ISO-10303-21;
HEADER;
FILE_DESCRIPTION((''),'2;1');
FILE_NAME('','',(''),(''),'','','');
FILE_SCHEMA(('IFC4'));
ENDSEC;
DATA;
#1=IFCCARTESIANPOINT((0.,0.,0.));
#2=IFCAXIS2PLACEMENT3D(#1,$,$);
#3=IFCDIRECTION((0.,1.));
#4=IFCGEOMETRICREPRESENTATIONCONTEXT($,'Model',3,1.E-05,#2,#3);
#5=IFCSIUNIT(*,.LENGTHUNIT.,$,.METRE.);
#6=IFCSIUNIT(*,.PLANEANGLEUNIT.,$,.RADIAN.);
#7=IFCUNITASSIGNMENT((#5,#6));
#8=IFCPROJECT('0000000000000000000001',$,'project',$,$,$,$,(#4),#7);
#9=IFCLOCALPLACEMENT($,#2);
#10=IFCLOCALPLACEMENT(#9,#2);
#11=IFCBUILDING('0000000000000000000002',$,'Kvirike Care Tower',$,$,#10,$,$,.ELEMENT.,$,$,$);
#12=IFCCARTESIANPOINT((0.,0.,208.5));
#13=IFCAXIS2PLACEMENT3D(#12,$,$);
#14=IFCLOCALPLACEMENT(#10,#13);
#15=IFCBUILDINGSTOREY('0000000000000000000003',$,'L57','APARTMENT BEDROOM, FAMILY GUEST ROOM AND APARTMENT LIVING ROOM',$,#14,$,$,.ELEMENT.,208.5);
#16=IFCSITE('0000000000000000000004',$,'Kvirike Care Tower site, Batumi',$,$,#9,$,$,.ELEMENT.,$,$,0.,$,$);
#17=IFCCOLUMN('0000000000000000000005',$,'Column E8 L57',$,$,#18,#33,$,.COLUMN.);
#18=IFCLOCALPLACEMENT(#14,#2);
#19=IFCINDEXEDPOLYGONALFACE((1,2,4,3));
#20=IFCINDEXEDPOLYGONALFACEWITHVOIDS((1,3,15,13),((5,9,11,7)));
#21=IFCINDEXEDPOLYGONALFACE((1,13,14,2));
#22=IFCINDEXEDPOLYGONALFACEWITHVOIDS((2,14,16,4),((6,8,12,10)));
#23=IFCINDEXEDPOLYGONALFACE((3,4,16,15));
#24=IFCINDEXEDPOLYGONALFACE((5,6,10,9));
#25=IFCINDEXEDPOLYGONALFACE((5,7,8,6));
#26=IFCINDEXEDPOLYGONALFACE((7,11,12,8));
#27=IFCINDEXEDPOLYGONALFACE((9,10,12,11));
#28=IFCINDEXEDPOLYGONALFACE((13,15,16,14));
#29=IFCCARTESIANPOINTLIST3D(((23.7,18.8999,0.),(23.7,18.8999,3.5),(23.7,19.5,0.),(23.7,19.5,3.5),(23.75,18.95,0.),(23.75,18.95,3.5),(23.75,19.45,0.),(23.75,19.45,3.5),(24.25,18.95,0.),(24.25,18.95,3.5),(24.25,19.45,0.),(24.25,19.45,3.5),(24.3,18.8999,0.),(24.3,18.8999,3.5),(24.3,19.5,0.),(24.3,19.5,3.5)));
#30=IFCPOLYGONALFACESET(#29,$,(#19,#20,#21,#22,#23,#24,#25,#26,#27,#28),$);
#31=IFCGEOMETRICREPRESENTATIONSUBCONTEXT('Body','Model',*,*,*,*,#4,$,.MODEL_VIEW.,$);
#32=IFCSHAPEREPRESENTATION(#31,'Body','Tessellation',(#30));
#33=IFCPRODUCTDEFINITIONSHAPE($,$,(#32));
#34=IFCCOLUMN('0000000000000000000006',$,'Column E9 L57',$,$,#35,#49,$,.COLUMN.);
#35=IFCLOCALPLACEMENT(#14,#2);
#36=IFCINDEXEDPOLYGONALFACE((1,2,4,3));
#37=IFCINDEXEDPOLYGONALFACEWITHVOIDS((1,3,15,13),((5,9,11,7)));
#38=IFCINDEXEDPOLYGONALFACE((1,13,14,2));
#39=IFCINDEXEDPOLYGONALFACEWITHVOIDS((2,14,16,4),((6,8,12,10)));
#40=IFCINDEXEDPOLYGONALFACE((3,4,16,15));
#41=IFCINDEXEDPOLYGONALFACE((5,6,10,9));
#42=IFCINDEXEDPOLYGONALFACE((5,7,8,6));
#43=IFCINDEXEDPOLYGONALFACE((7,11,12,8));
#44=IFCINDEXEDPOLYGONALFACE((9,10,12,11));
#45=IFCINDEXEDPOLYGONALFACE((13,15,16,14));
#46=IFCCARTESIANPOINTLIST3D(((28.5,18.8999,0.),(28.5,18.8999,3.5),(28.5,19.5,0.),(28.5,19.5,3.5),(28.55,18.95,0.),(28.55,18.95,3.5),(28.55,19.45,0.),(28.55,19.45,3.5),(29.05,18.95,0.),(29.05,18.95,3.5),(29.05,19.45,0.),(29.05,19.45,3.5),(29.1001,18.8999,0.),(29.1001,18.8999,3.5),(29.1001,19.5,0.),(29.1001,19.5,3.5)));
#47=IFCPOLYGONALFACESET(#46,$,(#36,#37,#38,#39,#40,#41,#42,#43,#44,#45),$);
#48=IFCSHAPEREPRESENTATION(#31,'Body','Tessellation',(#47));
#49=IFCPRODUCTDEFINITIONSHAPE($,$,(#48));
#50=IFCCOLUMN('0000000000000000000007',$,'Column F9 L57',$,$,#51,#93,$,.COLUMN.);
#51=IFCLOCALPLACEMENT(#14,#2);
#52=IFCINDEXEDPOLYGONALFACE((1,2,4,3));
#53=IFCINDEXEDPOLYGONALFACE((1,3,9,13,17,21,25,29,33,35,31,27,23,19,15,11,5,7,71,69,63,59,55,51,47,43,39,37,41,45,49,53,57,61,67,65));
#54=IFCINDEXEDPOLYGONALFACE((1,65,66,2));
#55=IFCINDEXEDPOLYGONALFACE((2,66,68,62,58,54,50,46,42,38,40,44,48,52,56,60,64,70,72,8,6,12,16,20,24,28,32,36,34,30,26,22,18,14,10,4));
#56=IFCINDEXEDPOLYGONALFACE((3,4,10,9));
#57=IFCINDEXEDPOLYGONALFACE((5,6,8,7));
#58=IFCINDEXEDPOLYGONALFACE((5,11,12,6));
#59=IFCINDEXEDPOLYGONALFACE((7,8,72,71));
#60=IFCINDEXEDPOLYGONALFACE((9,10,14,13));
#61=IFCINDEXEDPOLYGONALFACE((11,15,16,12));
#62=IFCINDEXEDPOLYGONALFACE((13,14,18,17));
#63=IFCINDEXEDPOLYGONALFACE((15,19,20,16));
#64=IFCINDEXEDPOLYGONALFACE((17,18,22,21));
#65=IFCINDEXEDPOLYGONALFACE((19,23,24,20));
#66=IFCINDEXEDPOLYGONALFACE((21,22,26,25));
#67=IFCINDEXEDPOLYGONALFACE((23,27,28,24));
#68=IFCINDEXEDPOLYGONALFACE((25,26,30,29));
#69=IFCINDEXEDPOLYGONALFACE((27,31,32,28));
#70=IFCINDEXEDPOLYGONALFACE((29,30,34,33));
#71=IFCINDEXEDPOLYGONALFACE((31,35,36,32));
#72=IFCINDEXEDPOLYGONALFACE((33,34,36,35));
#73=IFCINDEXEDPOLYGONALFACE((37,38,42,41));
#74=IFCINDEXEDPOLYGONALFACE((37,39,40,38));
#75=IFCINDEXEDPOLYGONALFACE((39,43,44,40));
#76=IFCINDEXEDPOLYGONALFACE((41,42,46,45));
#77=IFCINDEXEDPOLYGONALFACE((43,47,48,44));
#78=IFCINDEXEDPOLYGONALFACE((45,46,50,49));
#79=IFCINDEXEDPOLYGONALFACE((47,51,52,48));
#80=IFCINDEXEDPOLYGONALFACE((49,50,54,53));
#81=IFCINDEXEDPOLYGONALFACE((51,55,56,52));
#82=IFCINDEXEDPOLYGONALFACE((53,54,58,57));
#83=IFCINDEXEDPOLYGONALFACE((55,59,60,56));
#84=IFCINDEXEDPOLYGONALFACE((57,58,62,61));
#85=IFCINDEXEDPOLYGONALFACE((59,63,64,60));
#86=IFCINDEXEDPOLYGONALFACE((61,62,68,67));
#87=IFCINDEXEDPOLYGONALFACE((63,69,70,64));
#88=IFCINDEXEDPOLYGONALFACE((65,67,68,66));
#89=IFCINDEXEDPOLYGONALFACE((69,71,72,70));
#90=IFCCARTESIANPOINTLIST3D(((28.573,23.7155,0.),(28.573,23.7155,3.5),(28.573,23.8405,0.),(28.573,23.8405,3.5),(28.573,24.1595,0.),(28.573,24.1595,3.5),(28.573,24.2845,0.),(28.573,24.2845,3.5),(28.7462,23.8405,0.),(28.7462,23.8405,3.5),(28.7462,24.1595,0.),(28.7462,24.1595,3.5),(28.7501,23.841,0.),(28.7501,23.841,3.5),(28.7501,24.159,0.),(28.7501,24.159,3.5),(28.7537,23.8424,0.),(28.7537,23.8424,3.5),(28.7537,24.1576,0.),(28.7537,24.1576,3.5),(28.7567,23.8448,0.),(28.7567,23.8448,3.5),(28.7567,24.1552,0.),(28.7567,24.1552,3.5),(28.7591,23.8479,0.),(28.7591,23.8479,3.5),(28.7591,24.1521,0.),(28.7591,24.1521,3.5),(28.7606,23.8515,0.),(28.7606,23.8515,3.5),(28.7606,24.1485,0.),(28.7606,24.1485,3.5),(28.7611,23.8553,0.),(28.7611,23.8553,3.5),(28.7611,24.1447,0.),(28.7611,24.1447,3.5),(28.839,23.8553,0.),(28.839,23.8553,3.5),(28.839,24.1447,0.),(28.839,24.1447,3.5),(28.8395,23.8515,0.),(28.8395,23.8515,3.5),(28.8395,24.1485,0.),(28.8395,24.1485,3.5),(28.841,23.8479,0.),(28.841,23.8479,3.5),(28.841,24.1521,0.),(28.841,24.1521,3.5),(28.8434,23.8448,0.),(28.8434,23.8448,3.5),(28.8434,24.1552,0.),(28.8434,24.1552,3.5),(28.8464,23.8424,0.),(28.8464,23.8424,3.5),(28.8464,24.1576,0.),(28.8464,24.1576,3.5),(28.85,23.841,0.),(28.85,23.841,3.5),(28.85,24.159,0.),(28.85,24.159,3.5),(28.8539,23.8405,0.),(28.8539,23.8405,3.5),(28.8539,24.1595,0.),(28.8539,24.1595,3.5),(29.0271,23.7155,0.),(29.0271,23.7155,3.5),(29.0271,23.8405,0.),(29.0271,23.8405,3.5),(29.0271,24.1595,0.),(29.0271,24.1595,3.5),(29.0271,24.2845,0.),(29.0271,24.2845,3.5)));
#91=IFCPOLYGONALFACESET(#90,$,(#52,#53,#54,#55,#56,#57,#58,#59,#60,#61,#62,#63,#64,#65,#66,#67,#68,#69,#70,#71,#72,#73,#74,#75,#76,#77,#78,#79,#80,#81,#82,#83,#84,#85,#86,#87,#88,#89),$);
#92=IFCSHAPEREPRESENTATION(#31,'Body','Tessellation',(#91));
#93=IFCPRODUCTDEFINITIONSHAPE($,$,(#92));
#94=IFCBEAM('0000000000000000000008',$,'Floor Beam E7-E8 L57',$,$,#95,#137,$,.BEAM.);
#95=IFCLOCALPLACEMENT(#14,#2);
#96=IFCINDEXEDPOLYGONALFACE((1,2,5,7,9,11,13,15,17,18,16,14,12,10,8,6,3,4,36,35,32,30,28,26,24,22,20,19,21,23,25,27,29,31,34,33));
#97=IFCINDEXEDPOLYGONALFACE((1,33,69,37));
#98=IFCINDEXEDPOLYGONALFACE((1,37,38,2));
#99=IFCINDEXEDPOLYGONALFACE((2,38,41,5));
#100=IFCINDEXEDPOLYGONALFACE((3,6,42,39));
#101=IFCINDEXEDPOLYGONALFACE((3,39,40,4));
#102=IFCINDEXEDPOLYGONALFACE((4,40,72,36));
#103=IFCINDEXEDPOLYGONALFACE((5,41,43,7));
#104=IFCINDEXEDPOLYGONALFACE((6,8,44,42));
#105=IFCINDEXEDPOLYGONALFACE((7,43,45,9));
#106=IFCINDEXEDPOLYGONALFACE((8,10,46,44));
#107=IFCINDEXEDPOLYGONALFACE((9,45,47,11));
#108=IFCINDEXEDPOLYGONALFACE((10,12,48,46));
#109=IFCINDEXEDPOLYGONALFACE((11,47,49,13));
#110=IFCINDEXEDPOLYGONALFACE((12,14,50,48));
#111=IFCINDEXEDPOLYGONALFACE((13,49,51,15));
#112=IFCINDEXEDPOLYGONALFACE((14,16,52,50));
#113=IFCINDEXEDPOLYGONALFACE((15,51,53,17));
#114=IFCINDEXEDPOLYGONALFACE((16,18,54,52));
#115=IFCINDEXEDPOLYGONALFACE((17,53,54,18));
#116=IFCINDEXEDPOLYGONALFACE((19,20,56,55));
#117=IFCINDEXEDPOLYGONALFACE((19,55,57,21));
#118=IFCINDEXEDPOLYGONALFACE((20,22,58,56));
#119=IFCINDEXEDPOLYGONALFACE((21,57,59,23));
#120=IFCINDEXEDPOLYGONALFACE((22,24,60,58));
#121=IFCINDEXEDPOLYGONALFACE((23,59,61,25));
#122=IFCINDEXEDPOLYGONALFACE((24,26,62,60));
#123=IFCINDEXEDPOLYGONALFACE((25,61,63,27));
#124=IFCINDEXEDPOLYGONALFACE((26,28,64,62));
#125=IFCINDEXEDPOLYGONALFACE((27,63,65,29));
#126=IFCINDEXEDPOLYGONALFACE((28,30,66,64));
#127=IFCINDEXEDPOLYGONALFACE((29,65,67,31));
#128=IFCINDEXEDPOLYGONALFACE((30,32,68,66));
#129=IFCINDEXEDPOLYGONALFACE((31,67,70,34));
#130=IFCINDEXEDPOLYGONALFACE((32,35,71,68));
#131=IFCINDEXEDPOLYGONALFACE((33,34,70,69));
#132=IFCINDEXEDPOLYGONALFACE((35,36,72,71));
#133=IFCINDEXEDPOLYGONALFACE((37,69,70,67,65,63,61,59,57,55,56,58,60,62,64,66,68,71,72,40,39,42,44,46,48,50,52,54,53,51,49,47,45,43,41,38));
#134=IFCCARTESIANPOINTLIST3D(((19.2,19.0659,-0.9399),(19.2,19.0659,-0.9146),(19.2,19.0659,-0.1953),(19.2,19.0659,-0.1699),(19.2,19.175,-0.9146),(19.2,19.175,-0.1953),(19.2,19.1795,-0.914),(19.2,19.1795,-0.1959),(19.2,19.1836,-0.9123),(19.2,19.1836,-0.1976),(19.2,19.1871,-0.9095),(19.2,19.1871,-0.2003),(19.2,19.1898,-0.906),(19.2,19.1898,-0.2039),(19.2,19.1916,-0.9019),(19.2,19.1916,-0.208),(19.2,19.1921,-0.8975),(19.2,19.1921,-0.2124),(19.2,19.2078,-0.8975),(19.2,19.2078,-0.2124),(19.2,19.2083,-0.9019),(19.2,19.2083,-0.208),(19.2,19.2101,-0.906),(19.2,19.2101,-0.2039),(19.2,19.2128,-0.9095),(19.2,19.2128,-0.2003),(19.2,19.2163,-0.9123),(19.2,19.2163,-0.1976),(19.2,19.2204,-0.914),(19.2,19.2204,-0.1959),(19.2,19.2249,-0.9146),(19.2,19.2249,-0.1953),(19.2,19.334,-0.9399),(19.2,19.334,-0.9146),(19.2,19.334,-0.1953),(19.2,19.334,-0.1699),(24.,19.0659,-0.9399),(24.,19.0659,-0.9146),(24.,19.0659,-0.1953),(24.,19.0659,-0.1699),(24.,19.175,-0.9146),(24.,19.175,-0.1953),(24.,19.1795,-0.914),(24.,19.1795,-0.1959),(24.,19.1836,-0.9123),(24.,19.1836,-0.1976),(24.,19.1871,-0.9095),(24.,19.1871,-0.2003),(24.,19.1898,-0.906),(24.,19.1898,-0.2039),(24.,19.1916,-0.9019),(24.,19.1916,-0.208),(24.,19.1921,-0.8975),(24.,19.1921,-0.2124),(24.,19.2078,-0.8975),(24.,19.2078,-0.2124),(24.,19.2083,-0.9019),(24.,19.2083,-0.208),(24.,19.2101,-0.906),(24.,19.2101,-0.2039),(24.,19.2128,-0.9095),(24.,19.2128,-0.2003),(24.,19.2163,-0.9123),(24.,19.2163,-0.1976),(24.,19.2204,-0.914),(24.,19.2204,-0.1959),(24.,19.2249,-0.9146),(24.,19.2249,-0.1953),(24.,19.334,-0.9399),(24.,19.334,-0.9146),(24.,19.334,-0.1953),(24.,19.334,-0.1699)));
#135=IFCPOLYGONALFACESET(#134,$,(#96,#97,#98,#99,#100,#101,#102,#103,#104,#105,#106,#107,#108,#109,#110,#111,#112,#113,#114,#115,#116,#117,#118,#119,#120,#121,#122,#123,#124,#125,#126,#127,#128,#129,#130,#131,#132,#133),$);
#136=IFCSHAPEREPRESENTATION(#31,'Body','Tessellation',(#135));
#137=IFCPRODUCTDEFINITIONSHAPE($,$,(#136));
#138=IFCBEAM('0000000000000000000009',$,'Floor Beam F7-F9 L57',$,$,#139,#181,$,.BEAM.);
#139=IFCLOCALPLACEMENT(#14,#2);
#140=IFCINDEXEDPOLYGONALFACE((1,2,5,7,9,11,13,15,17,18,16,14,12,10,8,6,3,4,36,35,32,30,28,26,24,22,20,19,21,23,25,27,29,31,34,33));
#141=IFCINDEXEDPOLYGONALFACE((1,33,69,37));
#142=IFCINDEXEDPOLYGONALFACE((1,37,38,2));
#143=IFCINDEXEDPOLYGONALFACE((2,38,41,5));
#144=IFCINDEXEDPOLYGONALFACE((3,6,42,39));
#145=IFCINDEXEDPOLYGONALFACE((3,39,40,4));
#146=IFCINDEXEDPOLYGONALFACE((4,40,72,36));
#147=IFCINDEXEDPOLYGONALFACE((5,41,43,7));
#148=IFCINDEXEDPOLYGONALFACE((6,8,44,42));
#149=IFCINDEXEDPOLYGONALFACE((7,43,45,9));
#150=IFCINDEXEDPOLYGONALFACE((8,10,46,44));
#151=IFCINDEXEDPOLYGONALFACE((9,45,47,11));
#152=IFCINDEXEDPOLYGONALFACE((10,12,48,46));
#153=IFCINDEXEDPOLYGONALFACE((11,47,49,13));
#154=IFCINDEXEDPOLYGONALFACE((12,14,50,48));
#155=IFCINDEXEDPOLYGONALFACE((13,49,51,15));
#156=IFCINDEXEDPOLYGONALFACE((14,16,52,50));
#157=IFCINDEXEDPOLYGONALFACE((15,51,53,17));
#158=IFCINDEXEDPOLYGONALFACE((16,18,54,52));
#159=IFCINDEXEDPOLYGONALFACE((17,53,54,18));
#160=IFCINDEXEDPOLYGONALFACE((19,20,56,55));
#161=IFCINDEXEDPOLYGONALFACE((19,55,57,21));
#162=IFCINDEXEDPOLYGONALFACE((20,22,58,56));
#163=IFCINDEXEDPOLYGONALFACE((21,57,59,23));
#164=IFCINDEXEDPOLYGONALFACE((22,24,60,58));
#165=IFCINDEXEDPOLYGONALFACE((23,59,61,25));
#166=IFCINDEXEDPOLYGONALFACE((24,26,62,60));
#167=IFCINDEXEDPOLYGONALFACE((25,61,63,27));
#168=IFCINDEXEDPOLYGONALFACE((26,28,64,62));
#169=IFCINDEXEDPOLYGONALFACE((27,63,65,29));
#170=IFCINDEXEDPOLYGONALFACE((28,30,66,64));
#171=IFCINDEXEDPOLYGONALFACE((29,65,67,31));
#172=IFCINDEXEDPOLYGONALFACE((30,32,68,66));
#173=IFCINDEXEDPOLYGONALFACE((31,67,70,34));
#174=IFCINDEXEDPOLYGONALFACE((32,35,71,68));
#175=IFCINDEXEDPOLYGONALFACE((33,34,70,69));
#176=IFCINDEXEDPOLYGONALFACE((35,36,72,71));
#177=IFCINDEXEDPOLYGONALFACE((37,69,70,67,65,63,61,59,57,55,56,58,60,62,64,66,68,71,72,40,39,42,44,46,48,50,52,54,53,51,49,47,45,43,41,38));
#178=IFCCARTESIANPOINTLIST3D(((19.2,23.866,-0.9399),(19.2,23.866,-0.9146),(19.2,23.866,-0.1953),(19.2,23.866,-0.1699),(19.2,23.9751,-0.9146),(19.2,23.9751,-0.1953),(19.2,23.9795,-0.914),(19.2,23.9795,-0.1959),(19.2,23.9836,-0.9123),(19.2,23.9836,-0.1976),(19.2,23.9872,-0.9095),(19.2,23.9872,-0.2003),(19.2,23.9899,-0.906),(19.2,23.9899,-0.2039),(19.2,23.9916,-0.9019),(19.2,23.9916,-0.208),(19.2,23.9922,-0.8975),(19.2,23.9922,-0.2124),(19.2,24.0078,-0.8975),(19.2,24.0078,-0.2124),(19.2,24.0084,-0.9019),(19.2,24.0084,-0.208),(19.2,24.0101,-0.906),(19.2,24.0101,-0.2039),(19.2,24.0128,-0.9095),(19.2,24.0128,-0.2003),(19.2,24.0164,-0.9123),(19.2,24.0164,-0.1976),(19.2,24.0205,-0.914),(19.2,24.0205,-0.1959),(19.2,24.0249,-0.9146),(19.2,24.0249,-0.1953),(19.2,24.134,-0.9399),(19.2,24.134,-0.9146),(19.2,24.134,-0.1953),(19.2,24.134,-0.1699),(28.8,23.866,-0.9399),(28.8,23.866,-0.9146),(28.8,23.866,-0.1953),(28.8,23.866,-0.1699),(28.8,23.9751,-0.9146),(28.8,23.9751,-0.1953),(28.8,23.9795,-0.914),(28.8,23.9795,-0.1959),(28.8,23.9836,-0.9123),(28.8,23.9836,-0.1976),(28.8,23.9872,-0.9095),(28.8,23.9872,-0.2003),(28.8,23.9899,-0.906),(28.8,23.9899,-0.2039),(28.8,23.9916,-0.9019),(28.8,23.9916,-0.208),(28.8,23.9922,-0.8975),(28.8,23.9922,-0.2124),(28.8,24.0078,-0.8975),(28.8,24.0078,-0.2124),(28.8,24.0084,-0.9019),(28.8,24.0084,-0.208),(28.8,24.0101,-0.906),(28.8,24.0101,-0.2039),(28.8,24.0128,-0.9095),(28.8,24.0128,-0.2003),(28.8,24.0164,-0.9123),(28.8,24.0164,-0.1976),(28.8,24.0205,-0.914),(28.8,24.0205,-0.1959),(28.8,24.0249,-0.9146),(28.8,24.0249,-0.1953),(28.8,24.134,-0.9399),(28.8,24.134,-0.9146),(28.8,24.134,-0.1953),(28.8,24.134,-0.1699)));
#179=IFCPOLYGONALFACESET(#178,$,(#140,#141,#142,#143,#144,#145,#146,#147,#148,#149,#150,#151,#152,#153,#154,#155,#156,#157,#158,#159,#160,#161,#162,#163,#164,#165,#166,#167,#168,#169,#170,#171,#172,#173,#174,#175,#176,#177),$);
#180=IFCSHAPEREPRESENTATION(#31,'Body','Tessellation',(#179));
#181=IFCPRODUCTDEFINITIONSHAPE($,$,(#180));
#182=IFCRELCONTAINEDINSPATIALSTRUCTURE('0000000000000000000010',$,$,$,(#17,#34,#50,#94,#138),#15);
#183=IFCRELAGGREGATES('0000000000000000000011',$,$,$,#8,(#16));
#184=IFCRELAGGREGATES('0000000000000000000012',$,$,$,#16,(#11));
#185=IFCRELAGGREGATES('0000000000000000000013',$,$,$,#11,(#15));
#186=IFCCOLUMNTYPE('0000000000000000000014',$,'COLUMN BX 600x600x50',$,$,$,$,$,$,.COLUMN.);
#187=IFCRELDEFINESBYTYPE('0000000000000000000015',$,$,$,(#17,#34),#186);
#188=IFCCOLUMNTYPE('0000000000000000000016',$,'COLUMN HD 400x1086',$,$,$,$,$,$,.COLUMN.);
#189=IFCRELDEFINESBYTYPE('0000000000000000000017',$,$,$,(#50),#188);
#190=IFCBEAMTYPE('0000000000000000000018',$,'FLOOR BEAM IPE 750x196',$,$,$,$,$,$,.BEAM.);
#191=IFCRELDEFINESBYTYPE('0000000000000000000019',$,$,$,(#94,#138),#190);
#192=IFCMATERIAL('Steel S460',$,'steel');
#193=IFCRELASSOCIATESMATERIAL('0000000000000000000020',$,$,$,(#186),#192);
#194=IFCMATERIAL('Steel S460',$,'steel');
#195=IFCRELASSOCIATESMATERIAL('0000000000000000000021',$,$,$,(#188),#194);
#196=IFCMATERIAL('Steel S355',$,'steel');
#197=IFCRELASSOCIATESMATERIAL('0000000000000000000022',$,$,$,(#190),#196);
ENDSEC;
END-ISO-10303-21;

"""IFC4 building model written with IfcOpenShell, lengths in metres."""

from ifc_helpers import new_model, si_unit, direction, frame, origin, origin_2d, place, context, subcontext, project, spatial, hollow_rectangle, i_section, extrude, material, material_profile, profile_set, type_object, element, save


model = new_model("IFC4")

# Units and contexts
model_context = context("Model", 3, precision=1e-05, world=origin(), true_north=direction((0.0, 1.0)))
body_context = subcontext(model_context, "Body", "Model", "MODEL_VIEW")
ifc_project = project(units=[si_unit("LENGTHUNIT", "METRE"), si_unit("PLANEANGLEUNIT", "RADIAN")], contexts=[model_context])

# Site, building, storey
site_placement = place(None, origin())
site = spatial("IfcSite", under=ifc_project, at=site_placement, Name="Kvirike Care Tower site, Batumi", CompositionType="ELEMENT", RefElevation=0.0)
building_placement = place(site_placement, origin())
building = spatial("IfcBuilding", under=site, at=building_placement, Name="Kvirike Care Tower", CompositionType="ELEMENT")
storey_placement = place(building_placement, frame((0.0, 0.0, 208.5)))
storey = spatial("IfcBuildingStorey", under=building, at=storey_placement, Name="L57", Description="APARTMENT BEDROOM, FAMILY GUEST ROOM AND APARTMENT LIVING ROOM", CompositionType="ELEMENT", Elevation=208.5)

# Columns
ifc_material_1 = material(Name="Steel S460", Category="steel")
ifc_material_profile_1 = material_profile(ifc_material_1, hollow_rectangle(XDim=0.6001, YDim=0.6001, WallThickness=0.05, at=origin_2d()), Name="BX 600x600x50")
ifc_profile_set_1 = profile_set([ifc_material_profile_1], Name="Steel S460")
column_type_1 = type_object("IfcColumnType", Name="COLUMN BX 600x600x50", PredefinedType="COLUMN", material=ifc_profile_set_1)
for number, where, z_axis, x_axis, name in (
    (1, (24.0, 19.2, 0.0), (0.0, 0.0, 1.0), (0.0, 1.0, 0.0), "Column E8 L57"),
    (2, (28.8, 19.2, 0.0), (0.0, 0.0, 1.0), (0.0, 1.0, 0.0), "Column E9 L57"),
):
    element("IfcColumn", number, at=place(storey_placement, frame(where, z_axis=z_axis, x_axis=x_axis)), inside=storey, type_object=column_type_1, Name=name, PredefinedType="COLUMN", context=body_context, shape_type="SweptSolid", body=[
        extrude(hollow_rectangle(XDim=0.6001, YDim=0.6001, WallThickness=0.05, at=origin_2d()), origin(), (0.0, 0.0, 1.0), 3.5),
    ])
ifc_material_2 = material(Name="Steel S460", Category="steel")
ifc_material_profile_2 = material_profile(ifc_material_2, i_section(OverallWidth=0.4541, OverallDepth=0.5691, WebThickness=0.0779, FlangeThickness=0.125, FilletRadius=0.0149, at=origin_2d()), Name="HD 400x1086")
ifc_profile_set_2 = profile_set([ifc_material_profile_2], Name="Steel S460")
column_type_2 = type_object("IfcColumnType", Name="COLUMN HD 400x1086", PredefinedType="COLUMN", material=ifc_profile_set_2)
column_placement = place(storey_placement, frame((28.8, 24.0, 0.0), z_axis=(0.0, 0.0, 1.0), x_axis=(1.0, 0.0, 0.0)))
element("IfcColumn", 3, at=column_placement, inside=storey, type_object=column_type_2, Name="Column F9 L57", PredefinedType="COLUMN", context=body_context, shape_type="SweptSolid", body=[
    extrude(i_section(OverallWidth=0.4541, OverallDepth=0.5691, WebThickness=0.0779, FlangeThickness=0.125, FilletRadius=0.0149, at=origin_2d()), origin(), (0.0, 0.0, 1.0), 3.5),
])

# Beams
ifc_material_3 = material(Name="Steel S355", Category="steel")
ifc_material_profile_3 = material_profile(ifc_material_3, i_section(OverallWidth=0.2681, OverallDepth=0.77, WebThickness=0.0156, FlangeThickness=0.0254, FilletRadius=0.0171, at=origin_2d()), Name="IPE 750x196")
ifc_profile_set_3 = profile_set([ifc_material_profile_3], Name="Steel S355")
beam_type_1 = type_object("IfcBeamType", Name="FLOOR BEAM IPE 750x196", PredefinedType="BEAM", material=ifc_profile_set_3)
beam_placement = place(storey_placement, frame((19.2, 19.2, -0.5549), z_axis=(1.0, 0.0, 0.0), x_axis=(0.0, 1.0, 0.0)))
element("IfcBeam", 4, at=beam_placement, inside=storey, type_object=beam_type_1, Name="Floor Beam E7-E8 L57", PredefinedType="BEAM", context=body_context, shape_type="SweptSolid", body=[
    extrude(i_section(OverallWidth=0.2681, OverallDepth=0.77, WebThickness=0.0156, FlangeThickness=0.0254, FilletRadius=0.0171, at=origin_2d()), origin(), (0.0, 0.0, 1.0), 4.8),
])
for number, where, z_axis, x_axis, name in (
    (5, (19.2, 24.0, -0.5549), (1.0, 0.0, 0.0), (0.0, 1.0, 0.0), "Floor Beam F7-F9 L57"),
):
    element("IfcBeam", number, at=place(storey_placement, frame(where, z_axis=z_axis, x_axis=x_axis)), inside=storey, type_object=beam_type_1, Name=name, PredefinedType="BEAM", context=body_context, shape_type="SweptSolid", body=[
        extrude(i_section(OverallWidth=0.2681, OverallDepth=0.77, WebThickness=0.0156, FlangeThickness=0.0254, FilletRadius=0.0171, at=origin_2d()), origin(), (0.0, 0.0, 1.0), 9.6001),
    ])

save(model, "model.ifc")
